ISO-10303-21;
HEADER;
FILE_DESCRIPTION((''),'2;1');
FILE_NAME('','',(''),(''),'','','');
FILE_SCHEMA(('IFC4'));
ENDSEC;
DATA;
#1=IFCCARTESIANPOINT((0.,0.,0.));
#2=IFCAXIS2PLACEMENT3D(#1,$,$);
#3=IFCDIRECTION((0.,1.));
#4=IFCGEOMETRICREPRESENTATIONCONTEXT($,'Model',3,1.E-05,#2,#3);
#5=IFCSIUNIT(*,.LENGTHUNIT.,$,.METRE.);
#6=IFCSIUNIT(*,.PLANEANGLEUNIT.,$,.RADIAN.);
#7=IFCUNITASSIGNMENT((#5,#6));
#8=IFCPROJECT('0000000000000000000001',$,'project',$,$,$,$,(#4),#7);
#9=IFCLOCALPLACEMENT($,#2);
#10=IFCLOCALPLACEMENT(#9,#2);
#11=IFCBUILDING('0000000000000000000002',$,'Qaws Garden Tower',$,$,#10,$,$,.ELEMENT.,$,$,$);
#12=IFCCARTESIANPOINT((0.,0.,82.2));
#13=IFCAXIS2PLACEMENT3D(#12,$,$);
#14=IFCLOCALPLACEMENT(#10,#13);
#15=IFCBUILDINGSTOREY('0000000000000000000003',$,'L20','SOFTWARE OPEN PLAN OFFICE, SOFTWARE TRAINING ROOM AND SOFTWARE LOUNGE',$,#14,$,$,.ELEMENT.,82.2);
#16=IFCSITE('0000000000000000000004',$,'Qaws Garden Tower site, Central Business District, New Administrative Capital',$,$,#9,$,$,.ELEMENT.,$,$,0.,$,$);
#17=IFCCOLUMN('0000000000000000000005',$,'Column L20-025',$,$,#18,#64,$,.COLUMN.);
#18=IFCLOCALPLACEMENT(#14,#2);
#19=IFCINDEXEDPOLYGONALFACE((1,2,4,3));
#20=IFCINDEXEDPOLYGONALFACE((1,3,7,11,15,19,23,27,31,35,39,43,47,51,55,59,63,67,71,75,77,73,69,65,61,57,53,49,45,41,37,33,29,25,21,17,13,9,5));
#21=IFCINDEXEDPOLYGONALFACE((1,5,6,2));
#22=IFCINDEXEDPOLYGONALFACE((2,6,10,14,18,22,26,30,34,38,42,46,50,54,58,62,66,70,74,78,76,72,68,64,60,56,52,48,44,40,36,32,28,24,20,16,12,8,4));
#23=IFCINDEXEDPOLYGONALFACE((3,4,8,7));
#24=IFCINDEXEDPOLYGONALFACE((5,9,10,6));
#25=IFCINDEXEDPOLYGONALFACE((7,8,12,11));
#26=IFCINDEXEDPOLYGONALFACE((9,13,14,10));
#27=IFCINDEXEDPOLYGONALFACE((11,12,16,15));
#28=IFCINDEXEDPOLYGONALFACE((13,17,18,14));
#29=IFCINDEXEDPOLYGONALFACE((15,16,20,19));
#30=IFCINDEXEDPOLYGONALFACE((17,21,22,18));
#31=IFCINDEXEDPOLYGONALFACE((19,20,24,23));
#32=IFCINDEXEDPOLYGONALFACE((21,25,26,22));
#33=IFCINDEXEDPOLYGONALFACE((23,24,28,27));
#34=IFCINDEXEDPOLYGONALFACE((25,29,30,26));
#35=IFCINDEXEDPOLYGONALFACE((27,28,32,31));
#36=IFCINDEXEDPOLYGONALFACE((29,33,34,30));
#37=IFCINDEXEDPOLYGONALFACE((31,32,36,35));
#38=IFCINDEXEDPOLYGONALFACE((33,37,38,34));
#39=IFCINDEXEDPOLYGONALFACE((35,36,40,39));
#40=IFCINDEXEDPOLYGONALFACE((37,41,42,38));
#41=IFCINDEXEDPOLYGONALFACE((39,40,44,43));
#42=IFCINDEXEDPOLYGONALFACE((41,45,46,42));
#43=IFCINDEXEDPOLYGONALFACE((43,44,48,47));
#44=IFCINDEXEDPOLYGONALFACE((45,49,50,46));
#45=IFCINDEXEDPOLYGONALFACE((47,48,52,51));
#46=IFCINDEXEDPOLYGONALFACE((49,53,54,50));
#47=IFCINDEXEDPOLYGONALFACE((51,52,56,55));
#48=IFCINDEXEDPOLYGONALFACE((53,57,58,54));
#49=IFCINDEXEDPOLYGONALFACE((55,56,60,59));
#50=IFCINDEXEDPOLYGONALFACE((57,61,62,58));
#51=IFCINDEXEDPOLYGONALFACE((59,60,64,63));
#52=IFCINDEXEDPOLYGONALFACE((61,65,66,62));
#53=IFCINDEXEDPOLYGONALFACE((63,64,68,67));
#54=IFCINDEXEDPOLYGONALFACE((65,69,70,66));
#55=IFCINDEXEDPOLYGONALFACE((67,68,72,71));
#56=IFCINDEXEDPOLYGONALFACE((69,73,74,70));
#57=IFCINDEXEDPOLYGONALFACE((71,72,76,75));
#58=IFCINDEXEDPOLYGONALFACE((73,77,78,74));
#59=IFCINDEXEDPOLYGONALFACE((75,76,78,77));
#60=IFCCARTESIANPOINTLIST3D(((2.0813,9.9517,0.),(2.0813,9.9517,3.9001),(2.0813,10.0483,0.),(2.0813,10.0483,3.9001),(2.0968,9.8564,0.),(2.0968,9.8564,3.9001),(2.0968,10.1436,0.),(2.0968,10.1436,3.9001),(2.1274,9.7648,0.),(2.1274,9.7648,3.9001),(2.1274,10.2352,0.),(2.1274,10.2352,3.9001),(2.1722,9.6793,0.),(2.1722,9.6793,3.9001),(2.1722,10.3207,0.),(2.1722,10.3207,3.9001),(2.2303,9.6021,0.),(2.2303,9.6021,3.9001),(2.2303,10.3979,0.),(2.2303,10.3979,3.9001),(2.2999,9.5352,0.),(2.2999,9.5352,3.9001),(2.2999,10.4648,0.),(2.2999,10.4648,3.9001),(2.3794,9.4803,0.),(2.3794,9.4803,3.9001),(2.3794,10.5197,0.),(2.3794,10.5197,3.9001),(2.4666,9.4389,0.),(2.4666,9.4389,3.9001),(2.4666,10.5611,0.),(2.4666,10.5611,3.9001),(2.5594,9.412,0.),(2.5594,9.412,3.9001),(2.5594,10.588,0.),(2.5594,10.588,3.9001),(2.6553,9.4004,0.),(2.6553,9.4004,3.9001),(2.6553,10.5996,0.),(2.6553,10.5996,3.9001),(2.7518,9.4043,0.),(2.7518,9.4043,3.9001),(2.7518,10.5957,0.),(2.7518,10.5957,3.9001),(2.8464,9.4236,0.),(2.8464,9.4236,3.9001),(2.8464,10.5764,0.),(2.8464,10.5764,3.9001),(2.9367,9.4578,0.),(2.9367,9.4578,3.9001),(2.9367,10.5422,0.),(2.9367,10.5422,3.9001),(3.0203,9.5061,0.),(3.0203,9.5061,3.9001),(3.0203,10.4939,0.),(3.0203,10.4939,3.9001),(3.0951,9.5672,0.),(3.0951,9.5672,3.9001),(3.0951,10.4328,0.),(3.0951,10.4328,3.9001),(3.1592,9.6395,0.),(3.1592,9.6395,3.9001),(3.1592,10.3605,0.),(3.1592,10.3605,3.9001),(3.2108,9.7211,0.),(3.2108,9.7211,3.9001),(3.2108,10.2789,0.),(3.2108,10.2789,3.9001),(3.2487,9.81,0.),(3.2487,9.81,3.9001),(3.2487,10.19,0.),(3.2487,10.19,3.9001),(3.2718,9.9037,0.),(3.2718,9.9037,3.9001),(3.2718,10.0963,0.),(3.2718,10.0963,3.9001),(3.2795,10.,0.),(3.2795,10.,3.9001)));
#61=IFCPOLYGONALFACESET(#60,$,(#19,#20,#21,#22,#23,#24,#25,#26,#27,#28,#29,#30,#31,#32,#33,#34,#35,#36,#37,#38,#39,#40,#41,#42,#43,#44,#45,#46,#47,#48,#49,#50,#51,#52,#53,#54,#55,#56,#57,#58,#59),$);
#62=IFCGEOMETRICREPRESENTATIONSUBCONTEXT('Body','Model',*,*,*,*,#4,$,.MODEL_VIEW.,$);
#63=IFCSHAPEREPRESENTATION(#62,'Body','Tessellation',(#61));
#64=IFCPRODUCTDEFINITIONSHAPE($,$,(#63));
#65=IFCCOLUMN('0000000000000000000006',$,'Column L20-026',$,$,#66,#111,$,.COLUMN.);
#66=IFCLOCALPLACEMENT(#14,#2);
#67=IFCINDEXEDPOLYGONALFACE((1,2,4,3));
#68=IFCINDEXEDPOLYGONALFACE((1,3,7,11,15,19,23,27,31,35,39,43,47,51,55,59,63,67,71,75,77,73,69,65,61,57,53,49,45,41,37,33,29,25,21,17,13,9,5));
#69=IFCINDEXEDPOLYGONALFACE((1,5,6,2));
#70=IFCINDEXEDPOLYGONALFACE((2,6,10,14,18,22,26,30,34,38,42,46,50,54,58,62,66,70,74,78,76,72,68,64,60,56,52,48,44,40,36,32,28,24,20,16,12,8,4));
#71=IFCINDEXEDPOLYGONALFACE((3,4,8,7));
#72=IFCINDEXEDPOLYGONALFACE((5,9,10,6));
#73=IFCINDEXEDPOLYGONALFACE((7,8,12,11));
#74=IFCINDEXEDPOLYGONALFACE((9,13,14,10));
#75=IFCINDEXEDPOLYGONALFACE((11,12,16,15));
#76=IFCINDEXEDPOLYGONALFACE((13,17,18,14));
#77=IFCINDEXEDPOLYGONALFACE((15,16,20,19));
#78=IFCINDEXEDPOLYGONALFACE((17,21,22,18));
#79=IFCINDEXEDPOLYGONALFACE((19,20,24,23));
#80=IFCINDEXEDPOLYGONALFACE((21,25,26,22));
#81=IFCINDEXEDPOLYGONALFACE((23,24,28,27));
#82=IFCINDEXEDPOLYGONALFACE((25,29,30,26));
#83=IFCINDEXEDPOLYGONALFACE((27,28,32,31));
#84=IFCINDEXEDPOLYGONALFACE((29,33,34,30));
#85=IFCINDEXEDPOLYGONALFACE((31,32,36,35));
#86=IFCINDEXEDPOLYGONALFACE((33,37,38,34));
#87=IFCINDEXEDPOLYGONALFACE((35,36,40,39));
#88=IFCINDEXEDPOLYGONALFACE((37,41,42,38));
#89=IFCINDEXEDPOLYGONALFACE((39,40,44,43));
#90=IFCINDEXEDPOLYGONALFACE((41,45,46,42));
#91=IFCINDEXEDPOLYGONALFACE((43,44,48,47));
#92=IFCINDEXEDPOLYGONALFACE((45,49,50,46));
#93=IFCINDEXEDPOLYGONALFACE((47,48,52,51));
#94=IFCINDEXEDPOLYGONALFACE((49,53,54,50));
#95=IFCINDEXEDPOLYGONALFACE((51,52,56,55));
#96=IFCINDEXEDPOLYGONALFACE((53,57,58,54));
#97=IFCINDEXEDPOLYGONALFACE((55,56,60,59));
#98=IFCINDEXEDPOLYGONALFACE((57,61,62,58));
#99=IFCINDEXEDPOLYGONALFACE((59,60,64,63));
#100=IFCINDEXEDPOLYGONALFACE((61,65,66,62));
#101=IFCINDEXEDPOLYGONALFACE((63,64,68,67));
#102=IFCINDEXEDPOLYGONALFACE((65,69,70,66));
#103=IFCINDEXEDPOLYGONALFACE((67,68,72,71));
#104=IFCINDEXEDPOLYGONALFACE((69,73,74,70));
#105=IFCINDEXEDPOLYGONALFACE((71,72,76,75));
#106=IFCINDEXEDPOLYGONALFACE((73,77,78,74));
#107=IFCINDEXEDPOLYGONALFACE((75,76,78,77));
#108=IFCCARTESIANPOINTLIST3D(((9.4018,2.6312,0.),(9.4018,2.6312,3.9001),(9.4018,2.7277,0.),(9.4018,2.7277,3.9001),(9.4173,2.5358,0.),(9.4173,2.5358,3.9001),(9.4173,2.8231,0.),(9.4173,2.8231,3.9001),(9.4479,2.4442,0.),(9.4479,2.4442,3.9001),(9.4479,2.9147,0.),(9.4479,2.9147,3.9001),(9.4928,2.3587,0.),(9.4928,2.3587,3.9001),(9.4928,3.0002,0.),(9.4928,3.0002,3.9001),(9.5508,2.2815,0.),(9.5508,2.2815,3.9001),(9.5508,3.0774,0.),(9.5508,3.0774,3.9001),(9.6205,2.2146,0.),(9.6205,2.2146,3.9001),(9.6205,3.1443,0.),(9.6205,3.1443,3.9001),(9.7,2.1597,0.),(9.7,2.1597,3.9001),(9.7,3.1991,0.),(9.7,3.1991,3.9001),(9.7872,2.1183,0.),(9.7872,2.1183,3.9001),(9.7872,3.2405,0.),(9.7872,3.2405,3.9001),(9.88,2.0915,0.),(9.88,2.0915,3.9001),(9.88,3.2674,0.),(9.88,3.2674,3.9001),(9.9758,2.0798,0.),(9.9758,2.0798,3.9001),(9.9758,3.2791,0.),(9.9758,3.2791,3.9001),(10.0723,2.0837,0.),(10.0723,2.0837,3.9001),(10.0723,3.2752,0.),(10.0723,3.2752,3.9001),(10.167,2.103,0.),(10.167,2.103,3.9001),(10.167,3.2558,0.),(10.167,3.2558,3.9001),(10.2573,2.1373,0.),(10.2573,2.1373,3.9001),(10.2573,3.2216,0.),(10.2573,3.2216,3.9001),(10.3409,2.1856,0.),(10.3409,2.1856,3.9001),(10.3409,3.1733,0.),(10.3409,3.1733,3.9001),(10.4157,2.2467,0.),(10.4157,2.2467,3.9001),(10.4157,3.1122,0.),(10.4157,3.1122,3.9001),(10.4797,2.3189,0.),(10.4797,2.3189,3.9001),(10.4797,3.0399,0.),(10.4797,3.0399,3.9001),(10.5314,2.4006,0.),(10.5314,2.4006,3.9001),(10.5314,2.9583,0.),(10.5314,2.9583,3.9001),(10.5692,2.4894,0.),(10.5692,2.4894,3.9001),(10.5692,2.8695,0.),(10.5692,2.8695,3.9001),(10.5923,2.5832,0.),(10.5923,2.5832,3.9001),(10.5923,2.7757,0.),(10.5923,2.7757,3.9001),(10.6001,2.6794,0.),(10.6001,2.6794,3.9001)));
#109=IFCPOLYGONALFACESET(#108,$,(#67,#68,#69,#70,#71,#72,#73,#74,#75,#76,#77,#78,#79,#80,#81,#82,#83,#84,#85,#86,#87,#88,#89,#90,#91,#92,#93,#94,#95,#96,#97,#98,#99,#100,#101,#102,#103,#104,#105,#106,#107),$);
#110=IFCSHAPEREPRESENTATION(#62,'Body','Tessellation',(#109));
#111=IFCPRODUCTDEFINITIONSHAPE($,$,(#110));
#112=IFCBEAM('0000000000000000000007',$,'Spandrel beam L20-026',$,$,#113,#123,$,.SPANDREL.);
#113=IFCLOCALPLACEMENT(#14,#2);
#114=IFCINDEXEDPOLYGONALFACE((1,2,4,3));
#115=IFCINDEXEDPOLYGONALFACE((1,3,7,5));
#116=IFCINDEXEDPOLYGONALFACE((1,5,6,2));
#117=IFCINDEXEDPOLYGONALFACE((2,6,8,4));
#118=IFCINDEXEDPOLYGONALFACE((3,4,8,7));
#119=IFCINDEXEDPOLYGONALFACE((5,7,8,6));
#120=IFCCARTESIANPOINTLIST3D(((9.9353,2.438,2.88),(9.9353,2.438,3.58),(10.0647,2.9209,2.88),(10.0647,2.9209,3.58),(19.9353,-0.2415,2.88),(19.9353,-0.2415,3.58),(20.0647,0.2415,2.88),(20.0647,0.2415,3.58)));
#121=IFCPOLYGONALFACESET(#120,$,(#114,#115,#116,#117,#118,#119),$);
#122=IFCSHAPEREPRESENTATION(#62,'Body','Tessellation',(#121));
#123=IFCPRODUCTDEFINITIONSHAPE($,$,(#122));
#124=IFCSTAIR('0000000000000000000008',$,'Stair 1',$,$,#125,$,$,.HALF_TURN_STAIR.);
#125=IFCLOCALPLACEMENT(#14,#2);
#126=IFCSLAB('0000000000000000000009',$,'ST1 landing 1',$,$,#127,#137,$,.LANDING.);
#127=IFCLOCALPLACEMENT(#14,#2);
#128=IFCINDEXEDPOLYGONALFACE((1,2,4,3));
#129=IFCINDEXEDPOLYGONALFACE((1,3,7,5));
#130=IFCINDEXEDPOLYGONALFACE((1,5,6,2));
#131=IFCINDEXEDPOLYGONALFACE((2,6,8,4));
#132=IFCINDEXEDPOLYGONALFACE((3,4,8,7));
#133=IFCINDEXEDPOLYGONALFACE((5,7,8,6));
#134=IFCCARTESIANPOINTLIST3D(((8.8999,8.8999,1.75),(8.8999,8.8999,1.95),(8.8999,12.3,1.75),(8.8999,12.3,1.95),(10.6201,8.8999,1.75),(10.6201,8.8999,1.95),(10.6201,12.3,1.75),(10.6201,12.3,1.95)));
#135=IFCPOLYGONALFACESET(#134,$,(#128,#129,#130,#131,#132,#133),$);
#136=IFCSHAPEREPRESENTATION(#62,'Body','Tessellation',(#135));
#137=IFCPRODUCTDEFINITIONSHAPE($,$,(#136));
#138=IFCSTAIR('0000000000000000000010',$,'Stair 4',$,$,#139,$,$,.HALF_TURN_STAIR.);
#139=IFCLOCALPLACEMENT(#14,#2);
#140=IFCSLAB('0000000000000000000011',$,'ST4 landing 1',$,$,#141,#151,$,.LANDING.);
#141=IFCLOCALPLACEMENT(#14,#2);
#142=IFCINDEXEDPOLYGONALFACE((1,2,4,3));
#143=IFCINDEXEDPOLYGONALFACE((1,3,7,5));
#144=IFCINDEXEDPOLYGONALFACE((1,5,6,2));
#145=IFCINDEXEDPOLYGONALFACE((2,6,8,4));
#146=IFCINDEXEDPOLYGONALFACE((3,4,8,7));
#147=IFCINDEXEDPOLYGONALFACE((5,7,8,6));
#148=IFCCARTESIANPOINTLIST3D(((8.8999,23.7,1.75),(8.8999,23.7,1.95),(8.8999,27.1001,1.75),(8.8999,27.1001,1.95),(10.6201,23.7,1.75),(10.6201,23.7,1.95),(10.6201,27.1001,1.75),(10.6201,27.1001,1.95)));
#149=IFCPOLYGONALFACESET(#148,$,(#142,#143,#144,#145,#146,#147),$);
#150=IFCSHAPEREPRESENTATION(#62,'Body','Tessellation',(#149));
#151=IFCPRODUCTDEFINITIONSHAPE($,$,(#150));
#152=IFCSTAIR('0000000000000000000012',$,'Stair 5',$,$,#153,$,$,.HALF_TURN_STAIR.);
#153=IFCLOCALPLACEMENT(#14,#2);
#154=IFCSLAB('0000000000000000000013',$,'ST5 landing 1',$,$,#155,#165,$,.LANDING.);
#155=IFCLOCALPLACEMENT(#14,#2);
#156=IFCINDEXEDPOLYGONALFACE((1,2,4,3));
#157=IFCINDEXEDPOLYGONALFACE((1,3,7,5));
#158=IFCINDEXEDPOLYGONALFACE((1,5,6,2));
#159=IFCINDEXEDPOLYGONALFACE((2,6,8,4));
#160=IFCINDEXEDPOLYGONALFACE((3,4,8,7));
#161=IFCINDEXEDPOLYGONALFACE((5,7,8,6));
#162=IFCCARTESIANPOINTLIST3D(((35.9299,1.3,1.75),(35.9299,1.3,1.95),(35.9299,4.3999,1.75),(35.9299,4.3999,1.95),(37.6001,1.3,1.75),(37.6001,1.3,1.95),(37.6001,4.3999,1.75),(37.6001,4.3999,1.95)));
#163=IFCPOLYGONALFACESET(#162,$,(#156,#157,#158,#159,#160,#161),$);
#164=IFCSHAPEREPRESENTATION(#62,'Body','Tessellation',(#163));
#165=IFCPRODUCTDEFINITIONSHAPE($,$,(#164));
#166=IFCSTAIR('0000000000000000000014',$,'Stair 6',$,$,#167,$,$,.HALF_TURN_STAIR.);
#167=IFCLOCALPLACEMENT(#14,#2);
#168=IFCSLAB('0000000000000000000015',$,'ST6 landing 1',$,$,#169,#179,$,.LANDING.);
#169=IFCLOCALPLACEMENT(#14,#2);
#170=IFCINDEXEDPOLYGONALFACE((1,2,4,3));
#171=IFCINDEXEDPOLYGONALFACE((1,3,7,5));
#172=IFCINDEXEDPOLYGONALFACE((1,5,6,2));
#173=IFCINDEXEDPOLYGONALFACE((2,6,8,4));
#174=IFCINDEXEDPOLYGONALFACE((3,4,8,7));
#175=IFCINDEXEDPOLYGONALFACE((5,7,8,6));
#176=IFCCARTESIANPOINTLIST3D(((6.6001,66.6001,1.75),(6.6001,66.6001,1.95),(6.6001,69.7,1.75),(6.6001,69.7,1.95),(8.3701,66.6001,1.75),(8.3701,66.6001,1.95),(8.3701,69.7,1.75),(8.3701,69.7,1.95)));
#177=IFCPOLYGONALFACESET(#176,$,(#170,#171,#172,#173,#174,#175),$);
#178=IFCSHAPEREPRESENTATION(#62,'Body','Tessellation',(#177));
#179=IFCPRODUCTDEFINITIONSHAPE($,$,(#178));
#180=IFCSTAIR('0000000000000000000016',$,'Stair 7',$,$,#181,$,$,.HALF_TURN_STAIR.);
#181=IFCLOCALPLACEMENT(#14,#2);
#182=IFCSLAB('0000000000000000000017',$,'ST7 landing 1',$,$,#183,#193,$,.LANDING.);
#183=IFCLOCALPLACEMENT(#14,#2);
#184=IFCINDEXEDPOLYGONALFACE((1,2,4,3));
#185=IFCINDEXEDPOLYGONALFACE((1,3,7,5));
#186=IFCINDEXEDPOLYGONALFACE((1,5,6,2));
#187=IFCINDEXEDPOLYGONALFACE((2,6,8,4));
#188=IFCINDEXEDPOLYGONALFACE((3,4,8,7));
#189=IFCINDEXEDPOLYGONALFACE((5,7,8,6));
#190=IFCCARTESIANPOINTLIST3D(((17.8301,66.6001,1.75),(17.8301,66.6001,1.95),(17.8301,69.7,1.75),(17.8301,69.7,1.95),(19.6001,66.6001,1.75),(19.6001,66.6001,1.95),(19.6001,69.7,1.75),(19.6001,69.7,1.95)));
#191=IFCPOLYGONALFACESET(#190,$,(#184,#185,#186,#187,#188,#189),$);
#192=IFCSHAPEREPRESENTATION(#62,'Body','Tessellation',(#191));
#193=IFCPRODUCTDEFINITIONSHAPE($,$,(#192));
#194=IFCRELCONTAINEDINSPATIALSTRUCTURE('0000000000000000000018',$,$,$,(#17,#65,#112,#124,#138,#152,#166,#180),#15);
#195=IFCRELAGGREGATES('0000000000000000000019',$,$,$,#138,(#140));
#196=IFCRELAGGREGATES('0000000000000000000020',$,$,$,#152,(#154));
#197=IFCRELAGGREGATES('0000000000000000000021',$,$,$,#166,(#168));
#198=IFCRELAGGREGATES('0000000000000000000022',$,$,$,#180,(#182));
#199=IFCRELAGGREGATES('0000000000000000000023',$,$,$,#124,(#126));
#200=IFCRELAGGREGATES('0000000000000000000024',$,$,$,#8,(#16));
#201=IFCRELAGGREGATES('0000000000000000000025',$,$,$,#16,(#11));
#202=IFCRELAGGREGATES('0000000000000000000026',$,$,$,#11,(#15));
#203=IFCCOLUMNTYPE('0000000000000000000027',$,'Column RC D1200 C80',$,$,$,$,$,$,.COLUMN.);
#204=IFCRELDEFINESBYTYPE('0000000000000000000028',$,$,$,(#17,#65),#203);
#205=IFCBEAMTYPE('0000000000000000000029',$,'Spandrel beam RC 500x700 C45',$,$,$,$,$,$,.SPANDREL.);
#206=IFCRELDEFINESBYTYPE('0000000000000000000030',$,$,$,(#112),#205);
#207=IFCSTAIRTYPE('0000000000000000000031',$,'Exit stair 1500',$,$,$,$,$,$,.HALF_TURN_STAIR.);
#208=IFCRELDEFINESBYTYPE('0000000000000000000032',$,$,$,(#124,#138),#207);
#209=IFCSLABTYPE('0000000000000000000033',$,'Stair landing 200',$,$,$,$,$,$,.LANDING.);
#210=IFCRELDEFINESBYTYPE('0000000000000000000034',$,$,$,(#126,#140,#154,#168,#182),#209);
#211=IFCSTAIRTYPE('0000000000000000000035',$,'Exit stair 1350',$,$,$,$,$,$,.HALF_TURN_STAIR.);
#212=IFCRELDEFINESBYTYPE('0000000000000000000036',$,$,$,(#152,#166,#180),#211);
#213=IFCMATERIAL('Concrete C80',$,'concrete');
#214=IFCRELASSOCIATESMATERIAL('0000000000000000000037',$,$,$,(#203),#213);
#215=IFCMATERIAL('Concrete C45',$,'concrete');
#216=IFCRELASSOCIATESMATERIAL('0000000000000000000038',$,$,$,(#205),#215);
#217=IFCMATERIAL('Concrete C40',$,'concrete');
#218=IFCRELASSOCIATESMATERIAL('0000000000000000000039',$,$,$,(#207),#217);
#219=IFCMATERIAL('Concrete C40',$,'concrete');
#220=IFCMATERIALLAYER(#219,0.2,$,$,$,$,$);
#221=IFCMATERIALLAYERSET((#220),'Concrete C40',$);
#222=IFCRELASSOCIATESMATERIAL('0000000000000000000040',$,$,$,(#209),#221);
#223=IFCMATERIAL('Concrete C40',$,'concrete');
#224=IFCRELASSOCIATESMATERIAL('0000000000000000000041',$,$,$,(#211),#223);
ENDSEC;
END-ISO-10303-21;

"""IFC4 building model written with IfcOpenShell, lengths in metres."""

from ifc_helpers import new_model, si_unit, direction, frame, origin, origin_2d, place, context, subcontext, project, spatial, polyline, rectangle, circle, outline, extrude, material, layer, layer_set, material_profile, profile_set, type_object, element, aggregate, save


model = new_model("IFC4")

# Units and contexts
model_context = context("Model", 3, precision=1e-05, world=origin(), true_north=direction((0.0, 1.0)))
body_context = subcontext(model_context, "Body", "Model", "MODEL_VIEW")
ifc_project = project(units=[si_unit("LENGTHUNIT", "METRE"), si_unit("PLANEANGLEUNIT", "RADIAN")], contexts=[model_context])

# Site, building, storey
site_placement = place(None, origin())
site = spatial("IfcSite", under=ifc_project, at=site_placement, Name="Qaws Garden Tower site, Central Business District, New Administrative Capital", CompositionType="ELEMENT", RefElevation=0.0)
building_placement = place(site_placement, origin())
building = spatial("IfcBuilding", under=site, at=building_placement, Name="Qaws Garden Tower", CompositionType="ELEMENT")
storey_placement = place(building_placement, frame((0.0, 0.0, 82.2)))
storey = spatial("IfcBuildingStorey", under=building, at=storey_placement, Name="L20", Description="SOFTWARE OPEN PLAN OFFICE, SOFTWARE TRAINING ROOM AND SOFTWARE LOUNGE", CompositionType="ELEMENT", Elevation=82.2)

# Columns
ifc_material_1 = material(Name="Concrete C80", Category="concrete")
ifc_material_profile_1 = material_profile(ifc_material_1, circle(Radius=0.6001, at=origin_2d()), Name="RC D1200")
ifc_profile_set_1 = profile_set([ifc_material_profile_1], Name="Concrete C80")
column_type = type_object("IfcColumnType", Name="Column RC D1200 C80", PredefinedType="COLUMN", material=ifc_profile_set_1)
for number, where, z_axis, x_axis, name in (
    (1, (2.6794, 10.0, 0.0), (0.0, 0.0, 1.0), (1.0, 0.0, 0.0), "Column L20-025"),
    (2, (10.0, 2.6794, 0.0), (0.0, 0.0, 1.0), (1.0, 0.0, 0.0), "Column L20-026"),
):
    element("IfcColumn", number, at=place(storey_placement, frame(where, z_axis=z_axis, x_axis=x_axis)), inside=storey, type_object=column_type, Name=name, PredefinedType="COLUMN", context=body_context, shape_type="SweptSolid", body=[
        extrude(circle(Radius=0.6001, at=origin_2d()), origin(), (0.0, 0.0, 1.0), 3.9001),
    ])

# Beam
ifc_material_2 = material(Name="Concrete C45", Category="concrete")
ifc_material_profile_2 = material_profile(ifc_material_2, rectangle(XDim=0.5, YDim=0.7, at=origin_2d()), Name="RC 500x700")
ifc_profile_set_2 = profile_set([ifc_material_profile_2], Name="Concrete C45")
beam_type = type_object("IfcBeamType", Name="Spandrel beam RC 500x700 C45", PredefinedType="SPANDREL", material=ifc_profile_set_2)
beam_placement = place(storey_placement, frame((10.0, 2.6794, 3.23), z_axis=(0.965927, -0.258815, 0.0), x_axis=(0.258815, 0.965927, 0.0)))
element("IfcBeam", 3, at=beam_placement, inside=storey, type_object=beam_type, Name="Spandrel beam L20-026", PredefinedType="SPANDREL", context=body_context, shape_type="SweptSolid", body=[
    extrude(rectangle(XDim=0.5, YDim=0.7, at=origin_2d()), origin(), (0.0, 0.0, 1.0), 10.3528),
])

# Stairs, slabs
ifc_material_3 = material(Name="Concrete C40", Category="concrete")
stair_type_1 = type_object("IfcStairType", Name="Exit stair 1500", PredefinedType="HALF_TURN_STAIR", material=ifc_material_3)
placement_1 = place(storey_placement, origin())
stair_1 = element("IfcStair", 4, at=placement_1, inside=storey, type_object=stair_type_1, Name="Stair 1", PredefinedType="HALF_TURN_STAIR")
ifc_material_4 = material(Name="Concrete C40", Category="concrete")
ifc_layer_1 = layer(ifc_material_4, 0.2)
ifc_layer_set_1 = layer_set([ifc_layer_1], Name="Concrete C40")
slab_type = type_object("IfcSlabType", Name="Stair landing 200", PredefinedType="LANDING", material=ifc_layer_set_1)
placement_2 = place(storey_placement, frame((0.0, 0.0, 1.75)))
slab_1 = element("IfcSlab", 5, at=placement_2, type_object=slab_type, Name="ST1 landing 1", PredefinedType="LANDING", context=body_context, shape_type="SweptSolid", body=[
    extrude(outline(polyline([(8.8999, 8.8999), (10.6201, 8.8999), (10.6201, 12.3), (8.8999, 12.3), (8.8999, 8.8999)])), origin(), (0.0, 0.0, 1.0), 0.2),
])
stair_2 = element("IfcStair", 6, at=placement_1, inside=storey, type_object=stair_type_1, Name="Stair 4", PredefinedType="HALF_TURN_STAIR")
slab_2 = element("IfcSlab", 7, at=placement_2, type_object=slab_type, Name="ST4 landing 1", PredefinedType="LANDING", context=body_context, shape_type="SweptSolid", body=[
    extrude(outline(polyline([(8.8999, 23.7), (10.6201, 23.7), (10.6201, 27.1001), (8.8999, 27.1001), (8.8999, 23.7)])), origin(), (0.0, 0.0, 1.0), 0.2),
])
aggregate(stair_2, [slab_2])
ifc_material_5 = material(Name="Concrete C40", Category="concrete")
stair_type_2 = type_object("IfcStairType", Name="Exit stair 1350", PredefinedType="HALF_TURN_STAIR", material=ifc_material_5)
stair_3 = element("IfcStair", 8, at=placement_1, inside=storey, type_object=stair_type_2, Name="Stair 5", PredefinedType="HALF_TURN_STAIR")
slab_3 = element("IfcSlab", 9, at=placement_2, type_object=slab_type, Name="ST5 landing 1", PredefinedType="LANDING", context=body_context, shape_type="SweptSolid", body=[
    extrude(outline(polyline([(35.9299, 1.3), (37.6001, 1.3), (37.6001, 4.3999), (35.9299, 4.3999), (35.9299, 1.3)])), origin(), (0.0, 0.0, 1.0), 0.2),
])
aggregate(stair_3, [slab_3])
stair_4 = element("IfcStair", 10, at=placement_1, inside=storey, type_object=stair_type_2, Name="Stair 6", PredefinedType="HALF_TURN_STAIR")
slab_4 = element("IfcSlab", 11, at=placement_2, type_object=slab_type, Name="ST6 landing 1", PredefinedType="LANDING", context=body_context, shape_type="SweptSolid", body=[
    extrude(outline(polyline([(6.6001, 66.6001), (8.3701, 66.6001), (8.3701, 69.7), (6.6001, 69.7), (6.6001, 66.6001)])), origin(), (0.0, 0.0, 1.0), 0.2),
])
aggregate(stair_4, [slab_4])
stair_5 = element("IfcStair", 12, at=placement_1, inside=storey, type_object=stair_type_2, Name="Stair 7", PredefinedType="HALF_TURN_STAIR")
slab_5 = element("IfcSlab", 13, at=placement_2, type_object=slab_type, Name="ST7 landing 1", PredefinedType="LANDING", context=body_context, shape_type="SweptSolid", body=[
    extrude(outline(polyline([(17.8301, 66.6001), (19.6001, 66.6001), (19.6001, 69.7), (17.8301, 69.7), (17.8301, 66.6001)])), origin(), (0.0, 0.0, 1.0), 0.2),
])
aggregate(stair_5, [slab_5])

aggregate(stair_1, [slab_1])

save(model, "model.ifc")
